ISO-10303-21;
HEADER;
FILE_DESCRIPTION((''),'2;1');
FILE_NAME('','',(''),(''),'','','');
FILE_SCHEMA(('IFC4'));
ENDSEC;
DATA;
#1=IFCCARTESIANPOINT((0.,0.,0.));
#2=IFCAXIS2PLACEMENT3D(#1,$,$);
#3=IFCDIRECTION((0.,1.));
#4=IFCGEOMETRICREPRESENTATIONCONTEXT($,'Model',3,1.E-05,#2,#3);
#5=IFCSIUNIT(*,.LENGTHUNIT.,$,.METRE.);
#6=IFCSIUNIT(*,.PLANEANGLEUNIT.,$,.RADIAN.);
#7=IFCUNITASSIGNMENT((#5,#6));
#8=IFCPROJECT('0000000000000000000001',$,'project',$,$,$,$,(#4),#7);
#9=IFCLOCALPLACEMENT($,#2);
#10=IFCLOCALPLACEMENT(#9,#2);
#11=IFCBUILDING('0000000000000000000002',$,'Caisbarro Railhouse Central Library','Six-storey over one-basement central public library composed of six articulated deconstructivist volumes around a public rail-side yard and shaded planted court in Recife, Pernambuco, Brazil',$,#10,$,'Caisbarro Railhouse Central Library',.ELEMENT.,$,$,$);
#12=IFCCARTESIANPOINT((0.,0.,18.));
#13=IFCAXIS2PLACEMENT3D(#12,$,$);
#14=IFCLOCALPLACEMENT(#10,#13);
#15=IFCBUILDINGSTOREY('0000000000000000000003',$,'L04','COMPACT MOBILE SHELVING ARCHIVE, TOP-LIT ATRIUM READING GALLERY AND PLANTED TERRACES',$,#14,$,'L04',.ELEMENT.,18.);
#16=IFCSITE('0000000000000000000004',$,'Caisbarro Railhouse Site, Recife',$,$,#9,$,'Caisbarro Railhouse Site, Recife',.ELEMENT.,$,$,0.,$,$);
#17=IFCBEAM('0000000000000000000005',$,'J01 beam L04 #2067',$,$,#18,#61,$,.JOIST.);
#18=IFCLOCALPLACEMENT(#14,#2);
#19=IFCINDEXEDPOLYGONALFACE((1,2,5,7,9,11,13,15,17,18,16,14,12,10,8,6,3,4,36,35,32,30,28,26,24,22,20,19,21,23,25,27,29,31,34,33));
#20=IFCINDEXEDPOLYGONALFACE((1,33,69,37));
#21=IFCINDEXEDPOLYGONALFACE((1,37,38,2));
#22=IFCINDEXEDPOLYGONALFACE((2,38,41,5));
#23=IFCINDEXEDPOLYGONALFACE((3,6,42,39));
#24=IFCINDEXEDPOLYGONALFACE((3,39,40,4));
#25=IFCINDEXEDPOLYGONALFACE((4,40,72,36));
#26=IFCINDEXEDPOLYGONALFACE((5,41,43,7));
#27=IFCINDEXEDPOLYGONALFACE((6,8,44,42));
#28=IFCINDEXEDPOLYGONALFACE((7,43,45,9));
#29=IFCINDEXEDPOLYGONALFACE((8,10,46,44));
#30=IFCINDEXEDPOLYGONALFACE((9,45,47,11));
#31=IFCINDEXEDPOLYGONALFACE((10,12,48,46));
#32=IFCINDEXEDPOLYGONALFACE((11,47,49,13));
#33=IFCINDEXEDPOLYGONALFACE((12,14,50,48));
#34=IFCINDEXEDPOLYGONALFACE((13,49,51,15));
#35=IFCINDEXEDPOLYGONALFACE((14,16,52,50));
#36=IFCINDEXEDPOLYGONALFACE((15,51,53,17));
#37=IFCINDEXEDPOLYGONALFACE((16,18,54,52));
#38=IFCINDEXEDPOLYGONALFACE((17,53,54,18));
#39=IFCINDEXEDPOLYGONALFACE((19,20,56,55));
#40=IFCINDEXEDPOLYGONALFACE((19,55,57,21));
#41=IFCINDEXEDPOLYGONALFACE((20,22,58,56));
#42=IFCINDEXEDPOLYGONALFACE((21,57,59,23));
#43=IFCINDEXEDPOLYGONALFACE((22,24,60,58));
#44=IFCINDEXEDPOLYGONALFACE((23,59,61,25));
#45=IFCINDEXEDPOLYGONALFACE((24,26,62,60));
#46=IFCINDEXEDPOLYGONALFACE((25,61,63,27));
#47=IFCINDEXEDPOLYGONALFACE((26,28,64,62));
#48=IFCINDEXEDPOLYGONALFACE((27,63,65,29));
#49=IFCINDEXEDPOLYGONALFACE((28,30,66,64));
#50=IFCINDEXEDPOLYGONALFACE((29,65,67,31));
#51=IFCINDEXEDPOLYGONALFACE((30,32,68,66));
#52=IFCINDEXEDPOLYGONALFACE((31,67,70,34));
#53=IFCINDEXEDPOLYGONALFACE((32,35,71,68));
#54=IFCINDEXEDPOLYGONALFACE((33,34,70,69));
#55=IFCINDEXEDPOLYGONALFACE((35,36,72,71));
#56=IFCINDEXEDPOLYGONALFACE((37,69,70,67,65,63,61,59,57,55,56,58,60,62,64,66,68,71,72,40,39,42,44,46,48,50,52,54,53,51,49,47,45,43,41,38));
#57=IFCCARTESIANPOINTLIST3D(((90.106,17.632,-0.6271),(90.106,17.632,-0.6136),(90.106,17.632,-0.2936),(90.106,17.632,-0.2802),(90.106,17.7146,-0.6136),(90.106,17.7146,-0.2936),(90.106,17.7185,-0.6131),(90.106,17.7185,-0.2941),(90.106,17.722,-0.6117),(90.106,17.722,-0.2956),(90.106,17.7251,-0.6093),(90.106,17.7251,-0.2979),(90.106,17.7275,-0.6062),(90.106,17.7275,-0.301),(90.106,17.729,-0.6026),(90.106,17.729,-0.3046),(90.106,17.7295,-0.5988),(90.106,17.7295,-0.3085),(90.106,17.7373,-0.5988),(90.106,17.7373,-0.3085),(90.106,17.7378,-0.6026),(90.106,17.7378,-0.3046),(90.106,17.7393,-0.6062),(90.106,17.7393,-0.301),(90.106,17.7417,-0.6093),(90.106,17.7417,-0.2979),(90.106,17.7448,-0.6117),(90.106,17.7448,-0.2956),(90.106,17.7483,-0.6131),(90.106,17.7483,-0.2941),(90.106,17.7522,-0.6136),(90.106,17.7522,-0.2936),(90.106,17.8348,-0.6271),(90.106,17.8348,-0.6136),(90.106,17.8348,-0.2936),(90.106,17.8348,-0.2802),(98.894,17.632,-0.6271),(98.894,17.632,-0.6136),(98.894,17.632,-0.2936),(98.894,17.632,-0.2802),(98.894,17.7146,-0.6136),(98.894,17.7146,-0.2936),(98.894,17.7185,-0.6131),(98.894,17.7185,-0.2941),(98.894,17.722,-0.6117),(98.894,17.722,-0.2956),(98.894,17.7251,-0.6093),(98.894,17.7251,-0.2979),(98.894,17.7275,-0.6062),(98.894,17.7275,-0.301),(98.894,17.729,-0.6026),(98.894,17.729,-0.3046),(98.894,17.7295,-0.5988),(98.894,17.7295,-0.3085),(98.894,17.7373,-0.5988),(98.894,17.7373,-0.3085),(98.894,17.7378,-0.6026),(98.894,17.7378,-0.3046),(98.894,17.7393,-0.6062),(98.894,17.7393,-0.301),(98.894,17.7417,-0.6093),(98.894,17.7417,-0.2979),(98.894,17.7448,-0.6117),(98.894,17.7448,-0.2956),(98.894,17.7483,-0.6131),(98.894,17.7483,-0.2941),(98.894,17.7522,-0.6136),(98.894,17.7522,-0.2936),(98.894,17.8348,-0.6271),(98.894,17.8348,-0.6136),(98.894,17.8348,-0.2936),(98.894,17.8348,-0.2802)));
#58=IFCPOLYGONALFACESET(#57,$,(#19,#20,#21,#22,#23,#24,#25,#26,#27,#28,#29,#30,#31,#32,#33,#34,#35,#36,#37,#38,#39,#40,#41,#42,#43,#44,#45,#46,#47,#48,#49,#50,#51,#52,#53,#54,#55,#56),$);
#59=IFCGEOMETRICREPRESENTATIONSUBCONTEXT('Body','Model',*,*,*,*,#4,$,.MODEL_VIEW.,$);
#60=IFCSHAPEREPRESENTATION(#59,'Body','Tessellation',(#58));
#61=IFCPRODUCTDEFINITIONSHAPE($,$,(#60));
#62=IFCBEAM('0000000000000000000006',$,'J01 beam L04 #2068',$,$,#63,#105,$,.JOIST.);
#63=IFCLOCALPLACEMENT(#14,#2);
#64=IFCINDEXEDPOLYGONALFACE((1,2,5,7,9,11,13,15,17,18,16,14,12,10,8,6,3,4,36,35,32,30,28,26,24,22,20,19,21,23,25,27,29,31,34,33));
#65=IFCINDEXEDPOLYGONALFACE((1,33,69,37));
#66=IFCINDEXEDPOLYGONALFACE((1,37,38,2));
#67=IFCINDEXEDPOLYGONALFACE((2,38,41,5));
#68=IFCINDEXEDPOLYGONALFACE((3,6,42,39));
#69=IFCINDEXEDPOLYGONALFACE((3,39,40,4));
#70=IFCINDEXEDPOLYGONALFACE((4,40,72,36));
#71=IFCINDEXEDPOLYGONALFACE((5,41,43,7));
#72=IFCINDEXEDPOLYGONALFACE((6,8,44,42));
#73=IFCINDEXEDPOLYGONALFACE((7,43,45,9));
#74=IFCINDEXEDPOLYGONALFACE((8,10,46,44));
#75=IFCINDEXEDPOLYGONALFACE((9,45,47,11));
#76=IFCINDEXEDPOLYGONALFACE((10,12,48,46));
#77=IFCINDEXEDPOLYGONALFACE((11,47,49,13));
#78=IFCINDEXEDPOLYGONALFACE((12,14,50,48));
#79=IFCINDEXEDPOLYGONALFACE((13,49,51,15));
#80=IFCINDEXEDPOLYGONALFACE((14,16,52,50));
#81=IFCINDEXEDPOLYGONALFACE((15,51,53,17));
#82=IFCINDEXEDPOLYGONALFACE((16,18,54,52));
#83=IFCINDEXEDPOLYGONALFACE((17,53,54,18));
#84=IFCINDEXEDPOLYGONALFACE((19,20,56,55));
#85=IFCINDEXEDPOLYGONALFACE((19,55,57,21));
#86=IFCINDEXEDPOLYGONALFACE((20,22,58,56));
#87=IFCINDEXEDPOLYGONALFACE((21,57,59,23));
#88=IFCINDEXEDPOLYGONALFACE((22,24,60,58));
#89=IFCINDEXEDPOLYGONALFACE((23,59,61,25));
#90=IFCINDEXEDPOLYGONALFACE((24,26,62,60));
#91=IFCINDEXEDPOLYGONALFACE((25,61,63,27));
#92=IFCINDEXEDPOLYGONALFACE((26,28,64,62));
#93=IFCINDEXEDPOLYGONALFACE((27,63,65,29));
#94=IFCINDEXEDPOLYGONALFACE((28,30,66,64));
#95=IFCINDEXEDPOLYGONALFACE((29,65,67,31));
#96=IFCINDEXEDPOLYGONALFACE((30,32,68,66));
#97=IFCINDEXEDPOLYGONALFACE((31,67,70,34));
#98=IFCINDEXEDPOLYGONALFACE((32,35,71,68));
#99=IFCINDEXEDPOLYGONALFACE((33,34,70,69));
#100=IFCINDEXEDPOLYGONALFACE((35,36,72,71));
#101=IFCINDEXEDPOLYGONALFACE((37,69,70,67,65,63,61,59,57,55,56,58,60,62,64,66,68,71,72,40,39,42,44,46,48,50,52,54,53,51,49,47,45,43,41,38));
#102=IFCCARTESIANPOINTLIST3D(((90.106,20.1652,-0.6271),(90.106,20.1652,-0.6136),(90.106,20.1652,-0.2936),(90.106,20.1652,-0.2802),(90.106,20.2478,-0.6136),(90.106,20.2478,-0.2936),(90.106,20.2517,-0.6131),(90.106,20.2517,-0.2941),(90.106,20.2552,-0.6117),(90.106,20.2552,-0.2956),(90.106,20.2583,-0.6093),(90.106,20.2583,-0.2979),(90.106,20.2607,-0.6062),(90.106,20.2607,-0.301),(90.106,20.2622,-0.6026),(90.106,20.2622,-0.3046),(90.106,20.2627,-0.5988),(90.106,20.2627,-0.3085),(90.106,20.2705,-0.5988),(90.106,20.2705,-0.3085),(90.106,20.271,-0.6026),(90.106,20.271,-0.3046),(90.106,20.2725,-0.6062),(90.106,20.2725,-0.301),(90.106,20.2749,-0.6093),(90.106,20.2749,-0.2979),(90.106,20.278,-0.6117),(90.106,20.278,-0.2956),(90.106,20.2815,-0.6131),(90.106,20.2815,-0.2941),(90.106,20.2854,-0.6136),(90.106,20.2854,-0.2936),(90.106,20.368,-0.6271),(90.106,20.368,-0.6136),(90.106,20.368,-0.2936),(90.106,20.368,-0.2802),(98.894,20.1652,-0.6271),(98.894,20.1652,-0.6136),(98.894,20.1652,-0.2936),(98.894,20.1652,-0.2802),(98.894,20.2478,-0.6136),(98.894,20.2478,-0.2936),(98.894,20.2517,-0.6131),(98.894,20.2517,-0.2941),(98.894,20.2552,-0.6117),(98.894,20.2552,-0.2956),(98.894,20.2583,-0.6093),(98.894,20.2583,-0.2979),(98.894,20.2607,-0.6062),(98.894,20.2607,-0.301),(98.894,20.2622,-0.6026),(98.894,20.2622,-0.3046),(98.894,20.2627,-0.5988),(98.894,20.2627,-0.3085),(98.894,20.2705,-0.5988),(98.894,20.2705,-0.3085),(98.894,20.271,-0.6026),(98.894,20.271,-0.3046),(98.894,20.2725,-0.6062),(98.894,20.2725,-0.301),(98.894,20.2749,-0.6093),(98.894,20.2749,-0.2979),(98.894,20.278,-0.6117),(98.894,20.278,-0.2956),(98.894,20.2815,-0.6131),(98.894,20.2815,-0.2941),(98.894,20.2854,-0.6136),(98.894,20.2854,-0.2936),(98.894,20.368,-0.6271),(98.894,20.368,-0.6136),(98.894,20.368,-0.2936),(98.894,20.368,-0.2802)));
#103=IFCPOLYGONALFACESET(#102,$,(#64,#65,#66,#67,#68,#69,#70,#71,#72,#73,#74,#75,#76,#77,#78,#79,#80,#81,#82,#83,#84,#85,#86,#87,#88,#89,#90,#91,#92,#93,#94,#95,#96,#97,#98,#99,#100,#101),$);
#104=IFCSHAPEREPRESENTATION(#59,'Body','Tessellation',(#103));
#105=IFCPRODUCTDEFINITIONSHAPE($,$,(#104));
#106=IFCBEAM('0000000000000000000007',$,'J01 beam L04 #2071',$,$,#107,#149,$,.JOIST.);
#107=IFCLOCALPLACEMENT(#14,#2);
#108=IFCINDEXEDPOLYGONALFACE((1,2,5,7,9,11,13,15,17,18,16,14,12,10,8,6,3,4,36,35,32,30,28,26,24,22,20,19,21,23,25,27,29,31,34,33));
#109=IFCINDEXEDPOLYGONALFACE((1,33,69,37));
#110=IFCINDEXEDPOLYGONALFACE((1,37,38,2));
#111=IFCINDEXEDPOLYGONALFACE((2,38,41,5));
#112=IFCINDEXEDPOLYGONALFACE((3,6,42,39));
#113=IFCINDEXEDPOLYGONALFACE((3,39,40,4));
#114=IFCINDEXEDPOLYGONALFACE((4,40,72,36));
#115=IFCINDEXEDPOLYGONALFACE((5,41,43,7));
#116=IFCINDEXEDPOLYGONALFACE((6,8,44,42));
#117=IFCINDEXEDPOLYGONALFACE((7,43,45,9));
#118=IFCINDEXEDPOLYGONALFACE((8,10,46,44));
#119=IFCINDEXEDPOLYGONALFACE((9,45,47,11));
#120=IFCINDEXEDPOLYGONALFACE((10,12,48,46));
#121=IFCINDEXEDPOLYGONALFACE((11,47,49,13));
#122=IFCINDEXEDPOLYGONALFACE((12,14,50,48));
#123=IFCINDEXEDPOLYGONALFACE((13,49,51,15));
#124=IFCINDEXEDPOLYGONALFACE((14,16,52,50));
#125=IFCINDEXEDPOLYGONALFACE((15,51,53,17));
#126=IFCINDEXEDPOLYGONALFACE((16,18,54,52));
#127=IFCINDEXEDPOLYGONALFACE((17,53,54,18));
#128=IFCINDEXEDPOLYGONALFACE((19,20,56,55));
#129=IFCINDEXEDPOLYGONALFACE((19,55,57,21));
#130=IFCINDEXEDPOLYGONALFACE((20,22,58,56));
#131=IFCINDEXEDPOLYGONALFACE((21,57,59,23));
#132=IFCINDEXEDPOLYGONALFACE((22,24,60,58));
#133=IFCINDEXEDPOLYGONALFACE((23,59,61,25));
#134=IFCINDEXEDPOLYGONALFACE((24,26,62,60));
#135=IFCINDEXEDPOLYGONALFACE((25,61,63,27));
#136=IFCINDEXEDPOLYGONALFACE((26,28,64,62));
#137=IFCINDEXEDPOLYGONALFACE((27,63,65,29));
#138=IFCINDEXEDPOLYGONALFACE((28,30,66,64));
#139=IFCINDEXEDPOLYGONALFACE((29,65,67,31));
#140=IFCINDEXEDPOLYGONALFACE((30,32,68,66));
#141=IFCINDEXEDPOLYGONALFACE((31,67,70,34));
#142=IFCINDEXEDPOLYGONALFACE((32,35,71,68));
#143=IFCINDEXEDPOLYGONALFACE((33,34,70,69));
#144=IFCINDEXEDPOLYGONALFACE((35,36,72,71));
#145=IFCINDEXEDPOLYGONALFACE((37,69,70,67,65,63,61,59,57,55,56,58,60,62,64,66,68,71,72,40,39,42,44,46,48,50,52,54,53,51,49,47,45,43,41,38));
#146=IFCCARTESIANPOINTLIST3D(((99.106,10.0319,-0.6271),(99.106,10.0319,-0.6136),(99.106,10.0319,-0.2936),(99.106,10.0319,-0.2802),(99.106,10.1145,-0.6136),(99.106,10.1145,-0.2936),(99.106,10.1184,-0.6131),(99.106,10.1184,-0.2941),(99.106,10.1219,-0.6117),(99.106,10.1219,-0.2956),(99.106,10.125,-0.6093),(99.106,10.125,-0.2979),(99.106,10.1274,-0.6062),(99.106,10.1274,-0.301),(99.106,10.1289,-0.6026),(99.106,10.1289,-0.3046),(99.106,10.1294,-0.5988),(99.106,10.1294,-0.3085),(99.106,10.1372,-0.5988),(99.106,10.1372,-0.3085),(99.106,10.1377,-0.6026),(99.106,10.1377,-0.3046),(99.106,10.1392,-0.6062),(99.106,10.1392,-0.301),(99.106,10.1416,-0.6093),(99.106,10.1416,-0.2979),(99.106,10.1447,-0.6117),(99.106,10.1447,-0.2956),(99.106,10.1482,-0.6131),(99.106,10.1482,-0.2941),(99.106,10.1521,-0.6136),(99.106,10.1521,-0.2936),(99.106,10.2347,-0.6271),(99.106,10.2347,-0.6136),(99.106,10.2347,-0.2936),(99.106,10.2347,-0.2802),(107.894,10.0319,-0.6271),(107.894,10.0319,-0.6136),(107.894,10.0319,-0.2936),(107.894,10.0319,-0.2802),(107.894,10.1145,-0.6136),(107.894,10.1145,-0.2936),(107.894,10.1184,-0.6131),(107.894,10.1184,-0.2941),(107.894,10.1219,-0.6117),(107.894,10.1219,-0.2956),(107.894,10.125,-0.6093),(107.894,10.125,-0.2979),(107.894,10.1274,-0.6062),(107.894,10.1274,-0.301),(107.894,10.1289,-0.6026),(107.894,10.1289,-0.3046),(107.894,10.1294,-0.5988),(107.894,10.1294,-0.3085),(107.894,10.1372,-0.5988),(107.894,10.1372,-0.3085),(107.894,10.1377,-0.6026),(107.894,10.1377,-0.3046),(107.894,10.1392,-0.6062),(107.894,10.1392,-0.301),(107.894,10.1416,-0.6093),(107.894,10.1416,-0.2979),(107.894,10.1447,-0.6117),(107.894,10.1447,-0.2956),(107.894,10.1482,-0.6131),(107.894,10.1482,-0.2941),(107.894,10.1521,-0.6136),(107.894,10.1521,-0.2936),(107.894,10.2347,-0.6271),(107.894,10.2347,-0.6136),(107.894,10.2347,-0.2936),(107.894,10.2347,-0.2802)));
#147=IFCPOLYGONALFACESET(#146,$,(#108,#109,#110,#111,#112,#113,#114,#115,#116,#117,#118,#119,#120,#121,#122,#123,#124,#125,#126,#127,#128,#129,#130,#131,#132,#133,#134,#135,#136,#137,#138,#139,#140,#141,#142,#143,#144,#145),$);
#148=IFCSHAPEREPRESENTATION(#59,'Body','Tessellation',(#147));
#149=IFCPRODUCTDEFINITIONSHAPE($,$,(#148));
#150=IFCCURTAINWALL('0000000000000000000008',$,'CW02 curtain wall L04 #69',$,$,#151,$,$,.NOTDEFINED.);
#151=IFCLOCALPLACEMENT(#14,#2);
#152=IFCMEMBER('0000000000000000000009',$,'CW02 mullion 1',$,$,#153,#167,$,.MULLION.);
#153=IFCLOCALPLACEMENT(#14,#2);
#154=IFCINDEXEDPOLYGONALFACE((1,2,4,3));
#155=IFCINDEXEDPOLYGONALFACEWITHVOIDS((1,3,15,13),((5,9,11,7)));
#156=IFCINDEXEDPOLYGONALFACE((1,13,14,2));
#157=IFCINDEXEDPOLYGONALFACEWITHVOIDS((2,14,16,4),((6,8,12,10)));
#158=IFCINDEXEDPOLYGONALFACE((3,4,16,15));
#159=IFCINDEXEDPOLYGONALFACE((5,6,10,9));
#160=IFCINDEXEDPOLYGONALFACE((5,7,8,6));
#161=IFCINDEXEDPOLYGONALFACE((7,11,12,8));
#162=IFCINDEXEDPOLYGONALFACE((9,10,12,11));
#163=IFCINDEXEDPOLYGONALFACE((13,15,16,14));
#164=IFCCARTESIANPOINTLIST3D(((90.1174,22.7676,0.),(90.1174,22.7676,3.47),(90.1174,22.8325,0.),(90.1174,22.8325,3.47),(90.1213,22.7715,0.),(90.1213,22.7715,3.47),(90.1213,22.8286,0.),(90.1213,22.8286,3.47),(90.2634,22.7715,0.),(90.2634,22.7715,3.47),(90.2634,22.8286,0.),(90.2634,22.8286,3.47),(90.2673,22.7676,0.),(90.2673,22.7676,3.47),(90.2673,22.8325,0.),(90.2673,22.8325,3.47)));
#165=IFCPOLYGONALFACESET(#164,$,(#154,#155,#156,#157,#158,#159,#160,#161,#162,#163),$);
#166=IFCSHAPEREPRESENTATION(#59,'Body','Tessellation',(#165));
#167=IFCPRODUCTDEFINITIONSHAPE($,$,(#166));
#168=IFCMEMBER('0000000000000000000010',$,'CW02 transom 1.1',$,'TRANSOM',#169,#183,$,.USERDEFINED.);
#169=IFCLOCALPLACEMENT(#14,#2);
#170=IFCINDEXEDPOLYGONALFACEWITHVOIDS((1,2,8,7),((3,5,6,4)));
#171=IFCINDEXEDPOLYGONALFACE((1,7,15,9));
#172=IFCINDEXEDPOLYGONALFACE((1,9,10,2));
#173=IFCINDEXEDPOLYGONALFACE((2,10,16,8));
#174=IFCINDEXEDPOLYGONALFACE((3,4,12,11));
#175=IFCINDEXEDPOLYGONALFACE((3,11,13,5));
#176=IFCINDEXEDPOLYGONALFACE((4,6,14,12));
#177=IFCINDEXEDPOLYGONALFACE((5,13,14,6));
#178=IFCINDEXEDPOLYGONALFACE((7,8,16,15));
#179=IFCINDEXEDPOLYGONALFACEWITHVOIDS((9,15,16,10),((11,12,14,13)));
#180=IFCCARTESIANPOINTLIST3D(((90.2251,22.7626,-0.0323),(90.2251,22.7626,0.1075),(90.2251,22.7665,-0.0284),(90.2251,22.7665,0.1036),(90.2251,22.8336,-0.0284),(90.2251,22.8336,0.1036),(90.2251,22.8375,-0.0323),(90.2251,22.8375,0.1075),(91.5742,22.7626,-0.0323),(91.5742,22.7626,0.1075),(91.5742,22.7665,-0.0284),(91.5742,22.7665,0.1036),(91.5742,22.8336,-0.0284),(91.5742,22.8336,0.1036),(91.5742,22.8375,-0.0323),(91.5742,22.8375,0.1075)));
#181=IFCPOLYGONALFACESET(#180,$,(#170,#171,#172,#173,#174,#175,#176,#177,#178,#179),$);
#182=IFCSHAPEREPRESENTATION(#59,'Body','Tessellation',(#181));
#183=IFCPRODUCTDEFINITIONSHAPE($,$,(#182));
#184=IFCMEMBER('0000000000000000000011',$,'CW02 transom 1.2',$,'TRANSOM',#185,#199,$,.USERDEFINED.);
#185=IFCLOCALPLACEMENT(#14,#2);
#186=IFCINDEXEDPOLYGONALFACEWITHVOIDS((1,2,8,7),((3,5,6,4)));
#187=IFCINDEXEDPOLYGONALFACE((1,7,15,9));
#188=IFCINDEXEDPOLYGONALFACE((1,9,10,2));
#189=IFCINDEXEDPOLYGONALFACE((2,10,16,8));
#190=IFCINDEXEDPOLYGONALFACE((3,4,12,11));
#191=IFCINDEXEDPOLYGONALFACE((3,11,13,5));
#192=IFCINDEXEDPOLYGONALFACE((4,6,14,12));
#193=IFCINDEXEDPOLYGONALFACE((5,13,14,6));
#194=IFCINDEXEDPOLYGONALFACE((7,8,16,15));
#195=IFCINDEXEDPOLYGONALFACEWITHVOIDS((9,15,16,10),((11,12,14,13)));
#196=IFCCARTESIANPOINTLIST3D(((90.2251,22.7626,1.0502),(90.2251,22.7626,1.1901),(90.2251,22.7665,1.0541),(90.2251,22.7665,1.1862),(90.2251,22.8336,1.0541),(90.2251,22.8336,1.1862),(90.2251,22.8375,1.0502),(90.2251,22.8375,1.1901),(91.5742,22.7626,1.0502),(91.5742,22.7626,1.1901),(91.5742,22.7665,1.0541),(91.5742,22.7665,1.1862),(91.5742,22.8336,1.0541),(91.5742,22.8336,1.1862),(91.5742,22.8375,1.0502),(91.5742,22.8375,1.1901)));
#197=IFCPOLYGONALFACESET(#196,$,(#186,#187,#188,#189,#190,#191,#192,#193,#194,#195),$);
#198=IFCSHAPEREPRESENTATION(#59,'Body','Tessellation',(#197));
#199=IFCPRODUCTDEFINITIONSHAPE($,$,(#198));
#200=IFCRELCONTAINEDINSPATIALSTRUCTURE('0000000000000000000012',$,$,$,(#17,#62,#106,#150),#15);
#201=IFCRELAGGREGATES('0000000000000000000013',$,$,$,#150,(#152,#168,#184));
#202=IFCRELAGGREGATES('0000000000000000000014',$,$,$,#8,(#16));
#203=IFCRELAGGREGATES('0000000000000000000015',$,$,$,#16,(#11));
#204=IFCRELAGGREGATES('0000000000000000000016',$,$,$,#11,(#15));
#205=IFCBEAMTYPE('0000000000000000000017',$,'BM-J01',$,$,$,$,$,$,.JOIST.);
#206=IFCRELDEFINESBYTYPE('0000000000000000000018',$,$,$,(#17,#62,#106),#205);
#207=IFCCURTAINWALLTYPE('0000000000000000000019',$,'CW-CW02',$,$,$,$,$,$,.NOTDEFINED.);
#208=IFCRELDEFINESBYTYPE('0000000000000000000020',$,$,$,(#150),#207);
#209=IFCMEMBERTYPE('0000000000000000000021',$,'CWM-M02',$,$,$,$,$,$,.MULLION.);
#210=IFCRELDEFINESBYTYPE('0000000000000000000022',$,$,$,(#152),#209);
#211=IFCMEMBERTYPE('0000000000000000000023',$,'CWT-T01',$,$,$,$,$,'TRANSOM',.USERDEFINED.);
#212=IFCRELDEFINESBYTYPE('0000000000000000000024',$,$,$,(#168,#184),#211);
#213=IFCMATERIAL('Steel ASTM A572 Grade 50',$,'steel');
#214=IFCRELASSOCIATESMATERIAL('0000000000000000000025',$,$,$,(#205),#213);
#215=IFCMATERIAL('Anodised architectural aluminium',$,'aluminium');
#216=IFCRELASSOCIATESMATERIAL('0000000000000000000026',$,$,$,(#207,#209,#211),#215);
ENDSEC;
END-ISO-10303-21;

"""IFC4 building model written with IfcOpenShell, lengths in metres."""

from ifc_helpers import new_model, si_unit, direction, frame, origin, origin_2d, place, context, subcontext, project, spatial, hollow_rectangle, i_section, extrude, material, material_profile, profile_set, type_object, element, aggregate, save


model = new_model("IFC4")

# Units and contexts
model_context = context("Model", 3, precision=1e-05, world=origin(), true_north=direction((0.0, 1.0)))
body_context = subcontext(model_context, "Body", "Model", "MODEL_VIEW")
ifc_project = project(units=[si_unit("LENGTHUNIT", "METRE"), si_unit("PLANEANGLEUNIT", "RADIAN")], contexts=[model_context])

# Site, building, storey
site_placement = place(None, origin())
site = spatial("IfcSite", under=ifc_project, at=site_placement, Name="Caisbarro Railhouse Site, Recife", LongName="Caisbarro Railhouse Site, Recife", CompositionType="ELEMENT", RefElevation=0.0)
building_placement = place(site_placement, origin())
building = spatial("IfcBuilding", under=site, at=building_placement, Name="Caisbarro Railhouse Central Library", Description="Six-storey over one-basement central public library composed of six articulated deconstructivist volumes around a public rail-side yard and shaded planted court in Recife, Pernambuco, Brazil", LongName="Caisbarro Railhouse Central Library", CompositionType="ELEMENT")
storey_placement = place(building_placement, frame((0.0, 0.0, 18.0)))
storey = spatial("IfcBuildingStorey", under=building, at=storey_placement, Name="L04", Description="COMPACT MOBILE SHELVING ARCHIVE, TOP-LIT ATRIUM READING GALLERY AND PLANTED TERRACES", LongName="L04", CompositionType="ELEMENT", Elevation=18.0)

# Shared definitions
ifc_material_1 = material(Name="Steel ASTM A572 Grade 50", Category="steel")

# Beams
ifc_material_profile_1 = material_profile(ifc_material_1, i_section(OverallWidth=0.2029, OverallDepth=0.3469, WebThickness=0.0078, FlangeThickness=0.0134, FilletRadius=0.0149, at=origin_2d()), Name="W360X64.0")
ifc_profile_set_1 = profile_set([ifc_material_profile_1], Name="Steel ASTM A572 Grade 50")
beam_type_1 = type_object("IfcBeamType", Name="BM-J01", PredefinedType="JOIST", material=ifc_profile_set_1)
for number, where, z_axis, x_axis, name in (
    (1, (90.106, 17.7334, -0.4536), (1.0, 0.0, 0.0), (0.0, 1.0, 0.0), "J01 beam L04 #2067"),
    (2, (90.106, 20.2666, -0.4536), (1.0, 0.0, 0.0), (0.0, 1.0, 0.0), "J01 beam L04 #2068"),
    (3, (99.106, 10.1333, -0.4536), (1.0, 0.0, 0.0), (0.0, 1.0, 0.0), "J01 beam L04 #2071"),
):
    element("IfcBeam", number, at=place(storey_placement, frame(where, z_axis=z_axis, x_axis=x_axis)), inside=storey, type_object=beam_type_1, Name=name, PredefinedType="JOIST", context=body_context, shape_type="SweptSolid", body=[
        extrude(i_section(OverallWidth=0.2029, OverallDepth=0.3469, WebThickness=0.0078, FlangeThickness=0.0134, FilletRadius=0.0149, at=origin_2d()), origin(), (0.0, 0.0, 1.0), 8.7881),
    ])

# Curtain wall, members
ifc_material_2 = material(Name="Anodised architectural aluminium", Category="aluminium")
curtain_wall_type = type_object("IfcCurtainWallType", Name="CW-CW02", PredefinedType="NOTDEFINED", material=ifc_material_2)
curtain_wall_placement = place(storey_placement, origin())
curtain_wall = element("IfcCurtainWall", 4, at=curtain_wall_placement, inside=storey, type_object=curtain_wall_type, Name="CW02 curtain wall L04 #69", PredefinedType="NOTDEFINED")
ifc_material_profile_2 = material_profile(ifc_material_2, hollow_rectangle(XDim=0.0649, YDim=0.1499, WallThickness=0.0039, at=origin_2d()), Name="ALU-MUL-65X150")
ifc_profile_set_2 = profile_set([ifc_material_profile_2], Name="Anodised architectural aluminium")
member_type_1 = type_object("IfcMemberType", Name="CWM-M02", PredefinedType="MULLION", material=ifc_profile_set_2)
member_1_placement = place(storey_placement, frame((90.1924, 22.8, 0.0), z_axis=(0.0, 0.0, 1.0), x_axis=(0.0, 1.0, 0.0)))
member_1 = element("IfcMember", 5, at=member_1_placement, type_object=member_type_1, Name="CW02 mullion 1", PredefinedType="MULLION", context=body_context, shape_type="SweptSolid", body=[
    extrude(hollow_rectangle(XDim=0.0649, YDim=0.1499, WallThickness=0.0039, at=origin_2d()), origin(), (0.0, 0.0, 1.0), 3.47),
])
ifc_material_profile_3 = material_profile(ifc_material_2, hollow_rectangle(XDim=0.075, YDim=0.1399, WallThickness=0.0039, at=origin_2d()), Name="ALU-TRN-75X140")
ifc_profile_set_3 = profile_set([ifc_material_profile_3], Name="Anodised architectural aluminium")
member_type_2 = type_object("IfcMemberType", Name="CWT-T01", ElementType="TRANSOM", PredefinedType="USERDEFINED", material=ifc_profile_set_3)
member_2_placement = place(storey_placement, frame((90.2251, 22.8, 0.0376), z_axis=(1.0, 0.0, 0.0), x_axis=(0.0, 1.0, 0.0)))
member_2 = element("IfcMember", 6, at=member_2_placement, type_object=member_type_2, Name="CW02 transom 1.1", ObjectType="TRANSOM", PredefinedType="USERDEFINED", context=body_context, shape_type="SweptSolid", body=[
    extrude(hollow_rectangle(XDim=0.075, YDim=0.1399, WallThickness=0.0039, at=origin_2d()), origin(), (0.0, 0.0, 1.0), 1.3491),
])
member_3_placement = place(storey_placement, frame((90.2251, 22.8, 1.1201), z_axis=(1.0, 0.0, 0.0), x_axis=(0.0, 1.0, 0.0)))
member_3 = element("IfcMember", 7, at=member_3_placement, type_object=member_type_2, Name="CW02 transom 1.2", ObjectType="TRANSOM", PredefinedType="USERDEFINED", context=body_context, shape_type="SweptSolid", body=[
    extrude(hollow_rectangle(XDim=0.075, YDim=0.1399, WallThickness=0.0039, at=origin_2d()), origin(), (0.0, 0.0, 1.0), 1.3491),
])
aggregate(curtain_wall, [member_1, member_2, member_3])

save(model, "model.ifc")
